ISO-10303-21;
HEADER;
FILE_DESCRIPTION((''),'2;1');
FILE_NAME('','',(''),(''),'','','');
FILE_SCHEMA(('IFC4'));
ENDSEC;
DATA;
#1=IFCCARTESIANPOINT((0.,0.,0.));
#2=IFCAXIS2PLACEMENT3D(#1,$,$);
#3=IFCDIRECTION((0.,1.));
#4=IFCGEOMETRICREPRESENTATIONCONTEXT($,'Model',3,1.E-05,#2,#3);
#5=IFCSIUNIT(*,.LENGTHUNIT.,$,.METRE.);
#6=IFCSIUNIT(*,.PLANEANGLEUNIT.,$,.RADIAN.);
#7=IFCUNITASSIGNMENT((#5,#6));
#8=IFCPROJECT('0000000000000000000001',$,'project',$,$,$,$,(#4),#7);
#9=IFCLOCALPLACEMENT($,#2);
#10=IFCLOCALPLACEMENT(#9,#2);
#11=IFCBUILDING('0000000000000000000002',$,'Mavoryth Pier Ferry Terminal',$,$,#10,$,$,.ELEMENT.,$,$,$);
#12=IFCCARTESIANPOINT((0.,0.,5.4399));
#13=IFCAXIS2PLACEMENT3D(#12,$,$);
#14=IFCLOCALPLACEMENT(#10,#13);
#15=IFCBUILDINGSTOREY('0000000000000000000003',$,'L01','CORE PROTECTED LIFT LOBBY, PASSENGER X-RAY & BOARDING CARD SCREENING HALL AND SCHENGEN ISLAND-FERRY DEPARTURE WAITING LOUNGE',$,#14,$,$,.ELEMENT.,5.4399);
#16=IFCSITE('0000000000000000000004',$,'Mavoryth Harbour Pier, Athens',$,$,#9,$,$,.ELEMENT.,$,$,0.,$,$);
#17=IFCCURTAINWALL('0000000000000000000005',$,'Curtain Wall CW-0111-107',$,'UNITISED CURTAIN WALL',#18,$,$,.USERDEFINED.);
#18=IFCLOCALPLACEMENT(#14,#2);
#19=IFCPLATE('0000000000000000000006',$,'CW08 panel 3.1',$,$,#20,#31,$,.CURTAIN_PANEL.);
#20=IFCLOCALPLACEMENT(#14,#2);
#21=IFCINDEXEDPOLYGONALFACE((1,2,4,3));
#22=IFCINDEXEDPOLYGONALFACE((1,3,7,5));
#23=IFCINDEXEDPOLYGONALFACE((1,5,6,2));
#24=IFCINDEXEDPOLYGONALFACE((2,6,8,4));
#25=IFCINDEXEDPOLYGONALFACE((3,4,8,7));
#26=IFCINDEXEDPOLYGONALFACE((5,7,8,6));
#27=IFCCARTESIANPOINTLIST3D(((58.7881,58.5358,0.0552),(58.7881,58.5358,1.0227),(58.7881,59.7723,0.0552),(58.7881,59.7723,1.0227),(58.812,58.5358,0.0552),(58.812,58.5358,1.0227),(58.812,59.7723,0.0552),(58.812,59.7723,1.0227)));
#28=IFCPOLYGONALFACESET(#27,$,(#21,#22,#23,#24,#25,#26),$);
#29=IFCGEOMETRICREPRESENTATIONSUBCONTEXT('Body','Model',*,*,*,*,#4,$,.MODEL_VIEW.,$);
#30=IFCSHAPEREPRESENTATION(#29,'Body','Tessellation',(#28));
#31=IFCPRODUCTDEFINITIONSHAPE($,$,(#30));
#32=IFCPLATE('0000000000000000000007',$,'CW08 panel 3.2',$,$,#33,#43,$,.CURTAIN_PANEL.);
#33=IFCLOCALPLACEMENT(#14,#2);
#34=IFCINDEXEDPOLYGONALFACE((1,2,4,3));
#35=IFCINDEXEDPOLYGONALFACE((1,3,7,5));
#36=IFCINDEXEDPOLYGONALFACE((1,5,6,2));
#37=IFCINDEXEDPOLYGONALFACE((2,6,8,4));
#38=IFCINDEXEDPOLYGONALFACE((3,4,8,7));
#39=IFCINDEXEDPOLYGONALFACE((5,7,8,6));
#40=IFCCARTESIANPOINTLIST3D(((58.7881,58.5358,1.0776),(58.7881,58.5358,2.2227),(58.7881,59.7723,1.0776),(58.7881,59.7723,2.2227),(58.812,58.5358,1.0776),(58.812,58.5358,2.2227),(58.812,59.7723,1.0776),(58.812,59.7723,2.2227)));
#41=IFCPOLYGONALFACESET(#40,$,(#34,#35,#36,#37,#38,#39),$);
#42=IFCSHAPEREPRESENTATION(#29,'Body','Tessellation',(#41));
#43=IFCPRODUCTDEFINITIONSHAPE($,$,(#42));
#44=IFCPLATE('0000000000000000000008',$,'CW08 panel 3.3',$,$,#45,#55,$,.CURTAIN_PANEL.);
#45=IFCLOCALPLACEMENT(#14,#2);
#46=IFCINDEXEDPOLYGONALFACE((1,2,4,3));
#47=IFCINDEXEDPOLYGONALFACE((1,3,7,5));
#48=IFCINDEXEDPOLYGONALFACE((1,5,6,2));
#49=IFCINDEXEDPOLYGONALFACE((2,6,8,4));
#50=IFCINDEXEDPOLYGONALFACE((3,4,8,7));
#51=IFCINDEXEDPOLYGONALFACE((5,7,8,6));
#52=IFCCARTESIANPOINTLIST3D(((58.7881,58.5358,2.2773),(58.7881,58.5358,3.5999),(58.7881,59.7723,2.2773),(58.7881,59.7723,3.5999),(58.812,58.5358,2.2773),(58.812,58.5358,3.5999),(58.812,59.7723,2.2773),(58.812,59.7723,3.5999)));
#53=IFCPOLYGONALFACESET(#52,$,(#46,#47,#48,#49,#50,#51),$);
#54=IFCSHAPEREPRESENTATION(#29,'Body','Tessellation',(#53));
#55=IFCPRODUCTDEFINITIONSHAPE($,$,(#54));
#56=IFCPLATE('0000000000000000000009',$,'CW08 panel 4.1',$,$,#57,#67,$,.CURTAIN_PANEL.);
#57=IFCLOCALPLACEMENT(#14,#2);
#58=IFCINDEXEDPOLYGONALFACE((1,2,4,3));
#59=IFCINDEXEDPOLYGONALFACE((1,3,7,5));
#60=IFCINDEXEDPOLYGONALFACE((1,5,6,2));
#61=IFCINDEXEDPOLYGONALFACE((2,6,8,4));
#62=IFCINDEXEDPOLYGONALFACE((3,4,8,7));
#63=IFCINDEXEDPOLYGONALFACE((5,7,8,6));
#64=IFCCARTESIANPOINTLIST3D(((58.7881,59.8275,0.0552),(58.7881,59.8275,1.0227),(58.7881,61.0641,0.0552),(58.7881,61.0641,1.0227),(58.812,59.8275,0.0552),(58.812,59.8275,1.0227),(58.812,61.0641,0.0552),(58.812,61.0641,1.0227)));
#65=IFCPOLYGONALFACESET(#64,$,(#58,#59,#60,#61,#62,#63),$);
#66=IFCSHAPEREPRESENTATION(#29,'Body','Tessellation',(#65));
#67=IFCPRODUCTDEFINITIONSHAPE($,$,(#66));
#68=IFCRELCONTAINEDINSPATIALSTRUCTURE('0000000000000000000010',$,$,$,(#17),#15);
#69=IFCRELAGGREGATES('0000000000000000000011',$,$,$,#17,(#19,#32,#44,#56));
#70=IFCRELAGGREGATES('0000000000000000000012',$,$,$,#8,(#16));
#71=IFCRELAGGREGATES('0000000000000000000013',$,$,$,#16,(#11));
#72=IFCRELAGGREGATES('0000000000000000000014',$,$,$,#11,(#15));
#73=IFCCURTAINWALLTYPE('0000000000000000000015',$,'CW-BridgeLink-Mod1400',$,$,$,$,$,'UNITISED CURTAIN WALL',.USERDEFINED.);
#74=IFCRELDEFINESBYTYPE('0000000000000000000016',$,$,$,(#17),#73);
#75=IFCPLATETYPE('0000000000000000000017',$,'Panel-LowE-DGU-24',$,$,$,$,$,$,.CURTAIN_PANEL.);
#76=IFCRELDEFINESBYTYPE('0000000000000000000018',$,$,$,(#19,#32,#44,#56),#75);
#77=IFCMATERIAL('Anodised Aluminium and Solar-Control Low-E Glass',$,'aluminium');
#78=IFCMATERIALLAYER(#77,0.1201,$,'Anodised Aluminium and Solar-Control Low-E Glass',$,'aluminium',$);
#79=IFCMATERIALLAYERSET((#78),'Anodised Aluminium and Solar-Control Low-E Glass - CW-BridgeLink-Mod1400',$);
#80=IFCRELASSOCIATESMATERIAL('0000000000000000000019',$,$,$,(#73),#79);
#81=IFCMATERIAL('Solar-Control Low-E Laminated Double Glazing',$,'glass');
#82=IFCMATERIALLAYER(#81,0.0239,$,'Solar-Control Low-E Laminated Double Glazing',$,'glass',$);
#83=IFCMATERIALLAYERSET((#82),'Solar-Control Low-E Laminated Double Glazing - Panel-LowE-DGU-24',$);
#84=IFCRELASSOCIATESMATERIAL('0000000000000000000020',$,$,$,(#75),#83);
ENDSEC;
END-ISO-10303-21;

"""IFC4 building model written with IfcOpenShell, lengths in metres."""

from ifc_helpers import new_model, si_unit, direction, frame, origin, origin_2d, place, context, subcontext, project, spatial, rectangle, extrude, material, layer, layer_set, type_object, element, aggregate, save


model = new_model("IFC4")

# Units and contexts
model_context = context("Model", 3, precision=1e-05, world=origin(), true_north=direction((0.0, 1.0)))
body_context = subcontext(model_context, "Body", "Model", "MODEL_VIEW")
ifc_project = project(units=[si_unit("LENGTHUNIT", "METRE"), si_unit("PLANEANGLEUNIT", "RADIAN")], contexts=[model_context])

# Site, building, storey
site_placement = place(None, origin())
site = spatial("IfcSite", under=ifc_project, at=site_placement, Name="Mavoryth Harbour Pier, Athens", CompositionType="ELEMENT", RefElevation=0.0)
building_placement = place(site_placement, origin())
building = spatial("IfcBuilding", under=site, at=building_placement, Name="Mavoryth Pier Ferry Terminal", CompositionType="ELEMENT")
storey_placement = place(building_placement, frame((0.0, 0.0, 5.4399)))
storey = spatial("IfcBuildingStorey", under=building, at=storey_placement, Name="L01", Description="CORE PROTECTED LIFT LOBBY, PASSENGER X-RAY & BOARDING CARD SCREENING HALL AND SCHENGEN ISLAND-FERRY DEPARTURE WAITING LOUNGE", CompositionType="ELEMENT", Elevation=5.4399)

# Shared definitions
ifc_material_1 = material(Name="Anodised Aluminium and Solar-Control Low-E Glass", Category="aluminium")
ifc_layer_1 = layer(ifc_material_1, 0.1201, Name="Anodised Aluminium and Solar-Control Low-E Glass", Category="aluminium")
ifc_layer_set_1 = layer_set([ifc_layer_1], Name="Anodised Aluminium and Solar-Control Low-E Glass - CW-BridgeLink-Mod1400")
curtain_wall_type = type_object("IfcCurtainWallType", Name="CW-BridgeLink-Mod1400", ElementType="UNITISED CURTAIN WALL", PredefinedType="USERDEFINED", material=ifc_layer_set_1)

# Curtain wall
curtain_wall_1_placement = place(storey_placement, origin())
curtain_wall_1 = element("IfcCurtainWall", 1, at=curtain_wall_1_placement, inside=storey, type_object=curtain_wall_type, Name="Curtain Wall CW-0111-107", ObjectType="UNITISED CURTAIN WALL", PredefinedType="USERDEFINED")

# Plates
ifc_material_2 = material(Name="Solar-Control Low-E Laminated Double Glazing", Category="glass")
ifc_layer_2 = layer(ifc_material_2, 0.0239, Name="Solar-Control Low-E Laminated Double Glazing", Category="glass")
ifc_layer_set_2 = layer_set([ifc_layer_2], Name="Solar-Control Low-E Laminated Double Glazing - Panel-LowE-DGU-24")
plate_type = type_object("IfcPlateType", Name="Panel-LowE-DGU-24", PredefinedType="CURTAIN_PANEL", material=ifc_layer_set_2)
plate_1_placement = place(storey_placement, frame((58.8, 59.1541, 0.0552), z_axis=(0.0, 0.0, 1.0), x_axis=(0.0, 1.0, 0.0)))
plate_1 = element("IfcPlate", 2, at=plate_1_placement, type_object=plate_type, Name="CW08 panel 3.1", PredefinedType="CURTAIN_PANEL", context=body_context, shape_type="SweptSolid", body=[
    extrude(rectangle(XDim=1.2366, YDim=0.0239, at=origin_2d()), origin(), (0.0, 0.0, 1.0), 0.9675),
])
plate_2_placement = place(storey_placement, frame((58.8, 59.1541, 1.0776), z_axis=(0.0, 0.0, 1.0), x_axis=(0.0, 1.0, 0.0)))
plate_2 = element("IfcPlate", 3, at=plate_2_placement, type_object=plate_type, Name="CW08 panel 3.2", PredefinedType="CURTAIN_PANEL", context=body_context, shape_type="SweptSolid", body=[
    extrude(rectangle(XDim=1.2366, YDim=0.0239, at=origin_2d()), origin(), (0.0, 0.0, 1.0), 1.145),
])
plate_3_placement = place(storey_placement, frame((58.8, 59.1541, 2.2773), z_axis=(0.0, 0.0, 1.0), x_axis=(0.0, 1.0, 0.0)))
plate_3 = element("IfcPlate", 4, at=plate_3_placement, type_object=plate_type, Name="CW08 panel 3.3", PredefinedType="CURTAIN_PANEL", context=body_context, shape_type="SweptSolid", body=[
    extrude(rectangle(XDim=1.2366, YDim=0.0239, at=origin_2d()), origin(), (0.0, 0.0, 1.0), 1.3225),
])
plate_4_placement = place(storey_placement, frame((58.8, 60.4458, 0.0552), z_axis=(0.0, 0.0, 1.0), x_axis=(0.0, 1.0, 0.0)))
plate_4 = element("IfcPlate", 5, at=plate_4_placement, type_object=plate_type, Name="CW08 panel 4.1", PredefinedType="CURTAIN_PANEL", context=body_context, shape_type="SweptSolid", body=[
    extrude(rectangle(XDim=1.2366, YDim=0.0239, at=origin_2d()), origin(), (0.0, 0.0, 1.0), 0.9675),
])
aggregate(curtain_wall_1, [plate_1, plate_2, plate_3, plate_4])

save(model, "model.ifc")
